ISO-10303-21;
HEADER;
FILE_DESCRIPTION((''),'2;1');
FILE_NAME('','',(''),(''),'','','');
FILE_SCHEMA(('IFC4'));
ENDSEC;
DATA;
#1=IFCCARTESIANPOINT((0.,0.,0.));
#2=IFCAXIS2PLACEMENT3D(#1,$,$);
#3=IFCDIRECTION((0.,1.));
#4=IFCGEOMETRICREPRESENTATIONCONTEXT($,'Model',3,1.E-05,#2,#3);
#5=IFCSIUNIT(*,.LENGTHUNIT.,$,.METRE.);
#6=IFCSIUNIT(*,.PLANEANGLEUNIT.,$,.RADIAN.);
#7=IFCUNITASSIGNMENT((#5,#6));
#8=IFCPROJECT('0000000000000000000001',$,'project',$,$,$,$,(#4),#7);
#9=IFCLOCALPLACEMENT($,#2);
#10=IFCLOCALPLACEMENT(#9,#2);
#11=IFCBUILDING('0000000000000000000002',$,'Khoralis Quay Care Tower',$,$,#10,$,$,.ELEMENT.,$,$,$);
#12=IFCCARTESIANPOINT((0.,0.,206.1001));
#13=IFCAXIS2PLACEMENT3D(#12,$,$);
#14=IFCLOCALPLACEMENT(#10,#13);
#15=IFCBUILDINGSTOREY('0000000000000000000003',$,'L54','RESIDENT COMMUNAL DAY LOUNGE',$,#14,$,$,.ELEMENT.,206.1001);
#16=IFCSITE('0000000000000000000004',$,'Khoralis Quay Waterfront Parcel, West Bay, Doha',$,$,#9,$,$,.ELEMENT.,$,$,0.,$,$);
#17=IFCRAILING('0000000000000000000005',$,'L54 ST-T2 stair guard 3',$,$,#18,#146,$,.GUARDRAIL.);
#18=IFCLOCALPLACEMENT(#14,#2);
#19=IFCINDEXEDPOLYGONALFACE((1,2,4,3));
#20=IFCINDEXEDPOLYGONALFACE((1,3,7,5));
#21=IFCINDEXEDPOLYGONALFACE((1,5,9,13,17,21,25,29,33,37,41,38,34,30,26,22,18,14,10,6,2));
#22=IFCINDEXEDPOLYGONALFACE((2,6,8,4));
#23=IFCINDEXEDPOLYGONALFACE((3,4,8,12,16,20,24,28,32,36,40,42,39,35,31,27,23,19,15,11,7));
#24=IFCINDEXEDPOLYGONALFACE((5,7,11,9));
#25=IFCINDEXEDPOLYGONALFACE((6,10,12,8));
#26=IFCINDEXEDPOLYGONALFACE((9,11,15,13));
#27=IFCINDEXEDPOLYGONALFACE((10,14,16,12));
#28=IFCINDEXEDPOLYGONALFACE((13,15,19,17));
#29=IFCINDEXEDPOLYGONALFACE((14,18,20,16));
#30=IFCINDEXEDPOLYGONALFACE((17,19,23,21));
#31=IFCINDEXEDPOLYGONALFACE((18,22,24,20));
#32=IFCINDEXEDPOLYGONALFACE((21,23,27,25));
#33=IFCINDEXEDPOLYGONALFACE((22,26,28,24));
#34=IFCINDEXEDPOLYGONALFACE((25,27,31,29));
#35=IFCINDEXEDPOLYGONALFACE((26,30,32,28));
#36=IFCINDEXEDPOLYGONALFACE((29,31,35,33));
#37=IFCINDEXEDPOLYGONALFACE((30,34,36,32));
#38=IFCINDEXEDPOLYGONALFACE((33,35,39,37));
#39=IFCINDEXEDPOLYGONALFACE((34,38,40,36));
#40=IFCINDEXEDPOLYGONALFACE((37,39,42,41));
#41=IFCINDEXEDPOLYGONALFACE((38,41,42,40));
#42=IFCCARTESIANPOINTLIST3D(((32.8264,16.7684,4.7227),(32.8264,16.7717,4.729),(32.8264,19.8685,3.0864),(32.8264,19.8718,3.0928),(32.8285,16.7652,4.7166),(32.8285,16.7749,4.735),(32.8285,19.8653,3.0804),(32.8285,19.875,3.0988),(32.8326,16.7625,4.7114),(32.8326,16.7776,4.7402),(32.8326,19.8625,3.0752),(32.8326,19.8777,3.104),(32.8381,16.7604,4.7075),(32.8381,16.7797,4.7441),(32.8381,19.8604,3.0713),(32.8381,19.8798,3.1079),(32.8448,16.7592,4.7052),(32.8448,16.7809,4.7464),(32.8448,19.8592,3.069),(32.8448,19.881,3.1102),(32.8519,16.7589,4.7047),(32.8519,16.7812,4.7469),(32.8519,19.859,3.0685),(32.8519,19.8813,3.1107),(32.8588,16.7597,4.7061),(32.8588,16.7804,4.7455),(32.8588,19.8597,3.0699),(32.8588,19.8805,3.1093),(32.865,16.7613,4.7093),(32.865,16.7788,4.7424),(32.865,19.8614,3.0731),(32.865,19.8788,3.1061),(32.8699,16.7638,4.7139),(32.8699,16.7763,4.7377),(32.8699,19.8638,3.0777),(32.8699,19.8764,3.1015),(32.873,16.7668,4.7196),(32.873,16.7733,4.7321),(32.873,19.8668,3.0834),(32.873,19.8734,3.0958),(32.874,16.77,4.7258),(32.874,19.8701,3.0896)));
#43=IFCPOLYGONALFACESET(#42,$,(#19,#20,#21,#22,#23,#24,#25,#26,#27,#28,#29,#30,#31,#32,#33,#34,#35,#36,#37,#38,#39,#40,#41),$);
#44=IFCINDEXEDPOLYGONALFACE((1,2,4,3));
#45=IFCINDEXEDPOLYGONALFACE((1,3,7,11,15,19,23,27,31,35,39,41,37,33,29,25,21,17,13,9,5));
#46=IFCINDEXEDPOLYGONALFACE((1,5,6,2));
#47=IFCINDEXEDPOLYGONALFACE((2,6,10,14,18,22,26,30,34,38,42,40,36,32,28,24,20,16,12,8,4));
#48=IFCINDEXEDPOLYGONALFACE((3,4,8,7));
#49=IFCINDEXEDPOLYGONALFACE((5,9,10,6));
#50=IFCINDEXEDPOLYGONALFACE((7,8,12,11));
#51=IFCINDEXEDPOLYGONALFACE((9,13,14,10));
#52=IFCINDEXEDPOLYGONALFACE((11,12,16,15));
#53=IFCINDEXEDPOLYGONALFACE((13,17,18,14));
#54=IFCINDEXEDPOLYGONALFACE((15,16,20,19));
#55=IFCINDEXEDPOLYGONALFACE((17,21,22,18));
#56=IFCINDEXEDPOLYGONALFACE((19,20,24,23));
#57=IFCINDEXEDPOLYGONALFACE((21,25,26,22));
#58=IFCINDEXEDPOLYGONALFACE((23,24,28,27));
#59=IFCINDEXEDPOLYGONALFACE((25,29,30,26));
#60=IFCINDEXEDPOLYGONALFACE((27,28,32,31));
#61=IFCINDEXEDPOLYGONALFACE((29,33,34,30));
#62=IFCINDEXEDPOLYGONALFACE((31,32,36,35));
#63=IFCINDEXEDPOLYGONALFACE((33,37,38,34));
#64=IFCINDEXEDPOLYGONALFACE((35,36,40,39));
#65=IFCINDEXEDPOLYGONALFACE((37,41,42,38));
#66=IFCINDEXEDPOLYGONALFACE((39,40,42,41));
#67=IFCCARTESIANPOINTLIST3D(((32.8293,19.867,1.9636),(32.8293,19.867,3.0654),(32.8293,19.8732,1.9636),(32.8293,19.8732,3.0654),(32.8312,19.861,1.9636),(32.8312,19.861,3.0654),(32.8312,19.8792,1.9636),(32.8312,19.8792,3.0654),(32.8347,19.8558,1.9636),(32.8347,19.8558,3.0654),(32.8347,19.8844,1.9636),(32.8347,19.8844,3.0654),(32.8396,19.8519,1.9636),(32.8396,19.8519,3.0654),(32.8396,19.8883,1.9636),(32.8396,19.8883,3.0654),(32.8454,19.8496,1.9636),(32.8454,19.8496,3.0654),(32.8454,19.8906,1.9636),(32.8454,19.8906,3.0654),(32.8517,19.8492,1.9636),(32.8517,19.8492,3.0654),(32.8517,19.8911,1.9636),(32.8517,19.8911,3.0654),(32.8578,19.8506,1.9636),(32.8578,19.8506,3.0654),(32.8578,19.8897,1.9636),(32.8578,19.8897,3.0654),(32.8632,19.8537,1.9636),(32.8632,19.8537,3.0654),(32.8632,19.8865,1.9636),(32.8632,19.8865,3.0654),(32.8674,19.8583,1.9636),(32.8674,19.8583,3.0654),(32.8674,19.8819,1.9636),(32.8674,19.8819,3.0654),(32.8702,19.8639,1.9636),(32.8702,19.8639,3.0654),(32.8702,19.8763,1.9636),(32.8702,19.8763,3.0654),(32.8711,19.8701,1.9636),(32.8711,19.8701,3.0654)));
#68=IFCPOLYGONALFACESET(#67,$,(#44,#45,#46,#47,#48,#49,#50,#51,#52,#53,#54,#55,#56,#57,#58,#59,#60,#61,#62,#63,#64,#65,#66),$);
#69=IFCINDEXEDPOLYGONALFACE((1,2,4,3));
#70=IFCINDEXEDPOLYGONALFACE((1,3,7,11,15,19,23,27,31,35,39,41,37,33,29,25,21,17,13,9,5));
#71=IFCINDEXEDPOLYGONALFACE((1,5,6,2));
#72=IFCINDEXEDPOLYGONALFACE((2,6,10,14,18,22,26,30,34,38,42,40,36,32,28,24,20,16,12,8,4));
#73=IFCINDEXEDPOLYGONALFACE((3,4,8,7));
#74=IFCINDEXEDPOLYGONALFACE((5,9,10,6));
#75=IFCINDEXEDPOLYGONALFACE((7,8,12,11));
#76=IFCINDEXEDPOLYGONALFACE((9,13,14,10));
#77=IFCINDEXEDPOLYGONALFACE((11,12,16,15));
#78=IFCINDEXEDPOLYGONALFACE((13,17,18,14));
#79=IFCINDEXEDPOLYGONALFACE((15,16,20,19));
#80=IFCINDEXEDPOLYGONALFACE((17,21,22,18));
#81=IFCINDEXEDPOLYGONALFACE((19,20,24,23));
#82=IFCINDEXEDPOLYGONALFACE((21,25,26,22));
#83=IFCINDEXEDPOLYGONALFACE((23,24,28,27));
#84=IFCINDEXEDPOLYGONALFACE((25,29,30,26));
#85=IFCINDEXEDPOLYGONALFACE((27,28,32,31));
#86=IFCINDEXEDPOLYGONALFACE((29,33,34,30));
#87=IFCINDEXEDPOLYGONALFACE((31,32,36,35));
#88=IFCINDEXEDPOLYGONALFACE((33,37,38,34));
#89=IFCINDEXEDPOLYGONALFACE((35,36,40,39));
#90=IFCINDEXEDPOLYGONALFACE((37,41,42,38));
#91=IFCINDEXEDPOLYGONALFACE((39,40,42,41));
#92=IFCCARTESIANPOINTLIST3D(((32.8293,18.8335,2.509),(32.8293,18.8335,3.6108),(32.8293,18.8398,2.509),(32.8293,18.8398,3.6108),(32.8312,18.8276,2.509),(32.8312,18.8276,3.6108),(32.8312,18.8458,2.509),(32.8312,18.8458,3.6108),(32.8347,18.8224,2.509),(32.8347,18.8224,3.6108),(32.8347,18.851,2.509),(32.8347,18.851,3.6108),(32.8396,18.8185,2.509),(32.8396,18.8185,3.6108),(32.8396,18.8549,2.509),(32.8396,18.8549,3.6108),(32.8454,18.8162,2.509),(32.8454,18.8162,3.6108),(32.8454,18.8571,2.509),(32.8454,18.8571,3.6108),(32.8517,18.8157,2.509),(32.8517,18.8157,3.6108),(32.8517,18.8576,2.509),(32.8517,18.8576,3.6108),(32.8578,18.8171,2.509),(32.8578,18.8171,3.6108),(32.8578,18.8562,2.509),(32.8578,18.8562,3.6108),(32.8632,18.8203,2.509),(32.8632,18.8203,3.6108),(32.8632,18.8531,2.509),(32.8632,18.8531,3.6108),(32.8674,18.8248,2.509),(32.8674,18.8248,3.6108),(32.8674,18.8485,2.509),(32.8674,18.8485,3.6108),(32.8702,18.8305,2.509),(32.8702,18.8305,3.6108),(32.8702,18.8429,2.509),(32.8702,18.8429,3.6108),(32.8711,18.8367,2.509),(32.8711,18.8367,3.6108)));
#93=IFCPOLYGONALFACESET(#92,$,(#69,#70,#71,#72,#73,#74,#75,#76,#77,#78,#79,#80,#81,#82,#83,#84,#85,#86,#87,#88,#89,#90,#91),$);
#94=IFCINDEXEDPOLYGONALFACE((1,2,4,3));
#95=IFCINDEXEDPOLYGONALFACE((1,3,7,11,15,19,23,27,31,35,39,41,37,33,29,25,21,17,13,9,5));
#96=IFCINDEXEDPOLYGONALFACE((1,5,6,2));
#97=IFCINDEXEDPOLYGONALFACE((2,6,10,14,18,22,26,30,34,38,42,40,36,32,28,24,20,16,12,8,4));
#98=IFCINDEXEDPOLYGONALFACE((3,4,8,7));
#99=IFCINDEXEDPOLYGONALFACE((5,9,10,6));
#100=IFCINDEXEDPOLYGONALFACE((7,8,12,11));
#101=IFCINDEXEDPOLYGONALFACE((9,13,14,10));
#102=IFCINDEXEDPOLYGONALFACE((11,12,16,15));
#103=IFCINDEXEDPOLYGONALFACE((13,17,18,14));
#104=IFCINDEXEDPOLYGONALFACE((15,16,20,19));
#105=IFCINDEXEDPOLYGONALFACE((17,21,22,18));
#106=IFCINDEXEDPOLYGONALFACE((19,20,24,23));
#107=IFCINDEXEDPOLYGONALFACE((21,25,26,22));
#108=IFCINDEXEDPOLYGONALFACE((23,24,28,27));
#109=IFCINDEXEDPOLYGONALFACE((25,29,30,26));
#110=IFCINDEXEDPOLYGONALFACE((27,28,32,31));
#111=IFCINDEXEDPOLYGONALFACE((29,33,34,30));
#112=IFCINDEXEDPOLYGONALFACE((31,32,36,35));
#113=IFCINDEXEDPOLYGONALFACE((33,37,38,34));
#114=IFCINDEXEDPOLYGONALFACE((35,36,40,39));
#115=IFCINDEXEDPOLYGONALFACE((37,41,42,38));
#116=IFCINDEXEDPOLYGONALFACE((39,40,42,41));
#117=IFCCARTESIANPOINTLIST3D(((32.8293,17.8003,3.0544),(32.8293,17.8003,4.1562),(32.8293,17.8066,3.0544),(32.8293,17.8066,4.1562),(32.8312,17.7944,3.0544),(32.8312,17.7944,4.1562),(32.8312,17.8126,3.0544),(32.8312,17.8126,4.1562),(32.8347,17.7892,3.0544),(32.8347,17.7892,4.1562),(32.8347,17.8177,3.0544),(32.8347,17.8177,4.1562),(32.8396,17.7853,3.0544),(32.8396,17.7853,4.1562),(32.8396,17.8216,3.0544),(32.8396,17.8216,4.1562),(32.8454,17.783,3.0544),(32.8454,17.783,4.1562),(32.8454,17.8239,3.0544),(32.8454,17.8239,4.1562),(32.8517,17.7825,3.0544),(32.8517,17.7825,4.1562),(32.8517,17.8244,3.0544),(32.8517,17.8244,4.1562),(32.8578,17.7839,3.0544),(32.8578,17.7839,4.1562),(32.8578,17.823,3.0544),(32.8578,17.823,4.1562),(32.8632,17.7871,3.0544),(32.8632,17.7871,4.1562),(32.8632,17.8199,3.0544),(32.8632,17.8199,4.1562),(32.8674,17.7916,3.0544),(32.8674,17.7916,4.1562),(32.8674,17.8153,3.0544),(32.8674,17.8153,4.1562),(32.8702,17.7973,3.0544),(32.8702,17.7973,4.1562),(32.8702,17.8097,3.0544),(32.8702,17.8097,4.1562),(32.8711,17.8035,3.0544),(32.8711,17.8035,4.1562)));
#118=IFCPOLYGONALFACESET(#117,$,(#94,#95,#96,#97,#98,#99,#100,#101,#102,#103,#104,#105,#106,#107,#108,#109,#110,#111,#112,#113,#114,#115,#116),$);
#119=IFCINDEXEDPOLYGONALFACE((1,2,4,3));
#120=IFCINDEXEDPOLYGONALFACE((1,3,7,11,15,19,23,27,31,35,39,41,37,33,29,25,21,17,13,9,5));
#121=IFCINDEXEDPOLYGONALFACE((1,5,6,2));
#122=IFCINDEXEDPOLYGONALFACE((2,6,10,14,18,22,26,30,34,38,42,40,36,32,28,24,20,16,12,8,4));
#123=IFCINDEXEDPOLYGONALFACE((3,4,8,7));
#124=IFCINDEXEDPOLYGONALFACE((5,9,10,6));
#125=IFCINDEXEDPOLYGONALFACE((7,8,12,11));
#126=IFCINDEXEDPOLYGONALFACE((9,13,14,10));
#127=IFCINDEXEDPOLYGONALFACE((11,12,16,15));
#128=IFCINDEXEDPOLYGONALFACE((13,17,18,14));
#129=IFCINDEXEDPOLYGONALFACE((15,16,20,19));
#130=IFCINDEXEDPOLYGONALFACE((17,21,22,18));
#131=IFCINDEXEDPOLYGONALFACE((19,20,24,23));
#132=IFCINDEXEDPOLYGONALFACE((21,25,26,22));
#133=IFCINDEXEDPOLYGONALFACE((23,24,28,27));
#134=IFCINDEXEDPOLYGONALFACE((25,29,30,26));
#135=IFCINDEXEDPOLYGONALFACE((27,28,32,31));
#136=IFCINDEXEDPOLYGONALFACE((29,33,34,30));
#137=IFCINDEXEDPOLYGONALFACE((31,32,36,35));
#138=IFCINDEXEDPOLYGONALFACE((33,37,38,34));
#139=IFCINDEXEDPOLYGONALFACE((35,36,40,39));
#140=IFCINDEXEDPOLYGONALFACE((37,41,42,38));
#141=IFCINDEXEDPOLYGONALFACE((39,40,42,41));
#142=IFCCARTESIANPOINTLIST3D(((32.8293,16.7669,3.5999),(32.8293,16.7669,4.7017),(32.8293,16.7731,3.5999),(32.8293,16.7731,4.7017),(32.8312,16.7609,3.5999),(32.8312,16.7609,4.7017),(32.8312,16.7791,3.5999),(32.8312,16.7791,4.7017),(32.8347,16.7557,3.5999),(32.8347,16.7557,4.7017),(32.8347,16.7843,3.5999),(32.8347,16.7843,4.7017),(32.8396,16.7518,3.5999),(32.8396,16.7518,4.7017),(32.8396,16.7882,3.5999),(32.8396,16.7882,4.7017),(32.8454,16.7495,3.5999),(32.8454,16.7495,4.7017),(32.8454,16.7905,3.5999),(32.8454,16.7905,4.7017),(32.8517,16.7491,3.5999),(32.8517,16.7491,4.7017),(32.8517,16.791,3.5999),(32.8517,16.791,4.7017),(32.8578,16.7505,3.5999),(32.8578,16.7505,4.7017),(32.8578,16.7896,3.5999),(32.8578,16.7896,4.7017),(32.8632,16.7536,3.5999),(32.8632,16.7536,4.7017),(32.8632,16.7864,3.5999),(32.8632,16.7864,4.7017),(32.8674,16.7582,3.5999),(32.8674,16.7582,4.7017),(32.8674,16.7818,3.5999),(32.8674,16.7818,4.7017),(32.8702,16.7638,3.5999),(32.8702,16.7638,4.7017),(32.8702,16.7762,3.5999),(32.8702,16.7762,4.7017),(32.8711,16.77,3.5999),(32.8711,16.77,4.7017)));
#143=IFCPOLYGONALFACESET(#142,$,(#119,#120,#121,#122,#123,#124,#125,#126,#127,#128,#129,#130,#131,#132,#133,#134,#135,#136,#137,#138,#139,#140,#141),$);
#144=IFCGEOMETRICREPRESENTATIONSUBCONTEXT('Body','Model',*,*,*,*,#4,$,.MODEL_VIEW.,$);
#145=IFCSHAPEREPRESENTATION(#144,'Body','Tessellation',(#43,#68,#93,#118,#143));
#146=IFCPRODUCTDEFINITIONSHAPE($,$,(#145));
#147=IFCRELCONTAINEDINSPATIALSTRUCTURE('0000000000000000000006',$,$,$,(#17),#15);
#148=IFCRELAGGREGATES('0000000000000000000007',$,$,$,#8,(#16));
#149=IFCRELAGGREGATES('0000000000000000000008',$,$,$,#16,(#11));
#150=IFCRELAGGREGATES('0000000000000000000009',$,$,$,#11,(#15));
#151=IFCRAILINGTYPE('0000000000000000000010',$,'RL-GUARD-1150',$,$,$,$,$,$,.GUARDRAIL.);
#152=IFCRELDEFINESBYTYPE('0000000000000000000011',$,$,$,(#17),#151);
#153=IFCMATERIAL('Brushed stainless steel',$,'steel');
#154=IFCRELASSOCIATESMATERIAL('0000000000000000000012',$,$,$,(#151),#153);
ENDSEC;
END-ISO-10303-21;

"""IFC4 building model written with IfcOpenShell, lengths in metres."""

from ifc_helpers import new_model, si_unit, direction, frame, origin, origin_2d, place, context, subcontext, project, spatial, circle, extrude, material, type_object, element, save


model = new_model("IFC4")

# Units and contexts
model_context = context("Model", 3, precision=1e-05, world=origin(), true_north=direction((0.0, 1.0)))
body_context = subcontext(model_context, "Body", "Model", "MODEL_VIEW")
ifc_project = project(units=[si_unit("LENGTHUNIT", "METRE"), si_unit("PLANEANGLEUNIT", "RADIAN")], contexts=[model_context])

# Site, building, storey
site_placement = place(None, origin())
site = spatial("IfcSite", under=ifc_project, at=site_placement, Name="Khoralis Quay Waterfront Parcel, West Bay, Doha", CompositionType="ELEMENT", RefElevation=0.0)
building_placement = place(site_placement, origin())
building = spatial("IfcBuilding", under=site, at=building_placement, Name="Khoralis Quay Care Tower", CompositionType="ELEMENT")
storey_placement = place(building_placement, frame((0.0, 0.0, 206.1001)))
storey = spatial("IfcBuildingStorey", under=building, at=storey_placement, Name="L54", Description="RESIDENT COMMUNAL DAY LOUNGE", CompositionType="ELEMENT", Elevation=206.1001)

# Shared definitions
ifc_material_1 = material(Name="Brushed stainless steel", Category="steel")

# Railing
railing_type_1 = type_object("IfcRailingType", Name="RL-GUARD-1150", PredefinedType="GUARDRAIL", material=ifc_material_1)
railing_1_placement = place(storey_placement, frame((32.8501, 19.8701, 1.9636)))
element("IfcRailing", 1, at=railing_1_placement, inside=storey, type_object=railing_type_1, Name="L54 ST-T2 stair guard 3", PredefinedType="GUARDRAIL", context=body_context, shape_type="SweptSolid", body=[
    extrude(circle(Radius=0.0239, at=origin_2d()), frame((0.0, 0.0, 1.126), z_axis=(0.0, -0.884377, 0.466774), x_axis=(1.0, 0.0, 0.0)), (0.0, 0.0, 1.0), 3.5054),
    extrude(circle(Radius=0.021, at=origin_2d()), origin(), (0.0, 0.0, 1.0), 1.1018),
    extrude(circle(Radius=0.021, at=origin_2d()), frame((0.0, -1.0334, 0.5454)), (0.0, 0.0, 1.0), 1.1018),
    extrude(circle(Radius=0.021, at=origin_2d()), frame((0.0, -2.0667, 1.0908)), (0.0, 0.0, 1.0), 1.1018),
    extrude(circle(Radius=0.021, at=origin_2d()), frame((0.0, -3.1001, 1.6362)), (0.0, 0.0, 1.0), 1.1018),
])

save(model, "model.ifc")
